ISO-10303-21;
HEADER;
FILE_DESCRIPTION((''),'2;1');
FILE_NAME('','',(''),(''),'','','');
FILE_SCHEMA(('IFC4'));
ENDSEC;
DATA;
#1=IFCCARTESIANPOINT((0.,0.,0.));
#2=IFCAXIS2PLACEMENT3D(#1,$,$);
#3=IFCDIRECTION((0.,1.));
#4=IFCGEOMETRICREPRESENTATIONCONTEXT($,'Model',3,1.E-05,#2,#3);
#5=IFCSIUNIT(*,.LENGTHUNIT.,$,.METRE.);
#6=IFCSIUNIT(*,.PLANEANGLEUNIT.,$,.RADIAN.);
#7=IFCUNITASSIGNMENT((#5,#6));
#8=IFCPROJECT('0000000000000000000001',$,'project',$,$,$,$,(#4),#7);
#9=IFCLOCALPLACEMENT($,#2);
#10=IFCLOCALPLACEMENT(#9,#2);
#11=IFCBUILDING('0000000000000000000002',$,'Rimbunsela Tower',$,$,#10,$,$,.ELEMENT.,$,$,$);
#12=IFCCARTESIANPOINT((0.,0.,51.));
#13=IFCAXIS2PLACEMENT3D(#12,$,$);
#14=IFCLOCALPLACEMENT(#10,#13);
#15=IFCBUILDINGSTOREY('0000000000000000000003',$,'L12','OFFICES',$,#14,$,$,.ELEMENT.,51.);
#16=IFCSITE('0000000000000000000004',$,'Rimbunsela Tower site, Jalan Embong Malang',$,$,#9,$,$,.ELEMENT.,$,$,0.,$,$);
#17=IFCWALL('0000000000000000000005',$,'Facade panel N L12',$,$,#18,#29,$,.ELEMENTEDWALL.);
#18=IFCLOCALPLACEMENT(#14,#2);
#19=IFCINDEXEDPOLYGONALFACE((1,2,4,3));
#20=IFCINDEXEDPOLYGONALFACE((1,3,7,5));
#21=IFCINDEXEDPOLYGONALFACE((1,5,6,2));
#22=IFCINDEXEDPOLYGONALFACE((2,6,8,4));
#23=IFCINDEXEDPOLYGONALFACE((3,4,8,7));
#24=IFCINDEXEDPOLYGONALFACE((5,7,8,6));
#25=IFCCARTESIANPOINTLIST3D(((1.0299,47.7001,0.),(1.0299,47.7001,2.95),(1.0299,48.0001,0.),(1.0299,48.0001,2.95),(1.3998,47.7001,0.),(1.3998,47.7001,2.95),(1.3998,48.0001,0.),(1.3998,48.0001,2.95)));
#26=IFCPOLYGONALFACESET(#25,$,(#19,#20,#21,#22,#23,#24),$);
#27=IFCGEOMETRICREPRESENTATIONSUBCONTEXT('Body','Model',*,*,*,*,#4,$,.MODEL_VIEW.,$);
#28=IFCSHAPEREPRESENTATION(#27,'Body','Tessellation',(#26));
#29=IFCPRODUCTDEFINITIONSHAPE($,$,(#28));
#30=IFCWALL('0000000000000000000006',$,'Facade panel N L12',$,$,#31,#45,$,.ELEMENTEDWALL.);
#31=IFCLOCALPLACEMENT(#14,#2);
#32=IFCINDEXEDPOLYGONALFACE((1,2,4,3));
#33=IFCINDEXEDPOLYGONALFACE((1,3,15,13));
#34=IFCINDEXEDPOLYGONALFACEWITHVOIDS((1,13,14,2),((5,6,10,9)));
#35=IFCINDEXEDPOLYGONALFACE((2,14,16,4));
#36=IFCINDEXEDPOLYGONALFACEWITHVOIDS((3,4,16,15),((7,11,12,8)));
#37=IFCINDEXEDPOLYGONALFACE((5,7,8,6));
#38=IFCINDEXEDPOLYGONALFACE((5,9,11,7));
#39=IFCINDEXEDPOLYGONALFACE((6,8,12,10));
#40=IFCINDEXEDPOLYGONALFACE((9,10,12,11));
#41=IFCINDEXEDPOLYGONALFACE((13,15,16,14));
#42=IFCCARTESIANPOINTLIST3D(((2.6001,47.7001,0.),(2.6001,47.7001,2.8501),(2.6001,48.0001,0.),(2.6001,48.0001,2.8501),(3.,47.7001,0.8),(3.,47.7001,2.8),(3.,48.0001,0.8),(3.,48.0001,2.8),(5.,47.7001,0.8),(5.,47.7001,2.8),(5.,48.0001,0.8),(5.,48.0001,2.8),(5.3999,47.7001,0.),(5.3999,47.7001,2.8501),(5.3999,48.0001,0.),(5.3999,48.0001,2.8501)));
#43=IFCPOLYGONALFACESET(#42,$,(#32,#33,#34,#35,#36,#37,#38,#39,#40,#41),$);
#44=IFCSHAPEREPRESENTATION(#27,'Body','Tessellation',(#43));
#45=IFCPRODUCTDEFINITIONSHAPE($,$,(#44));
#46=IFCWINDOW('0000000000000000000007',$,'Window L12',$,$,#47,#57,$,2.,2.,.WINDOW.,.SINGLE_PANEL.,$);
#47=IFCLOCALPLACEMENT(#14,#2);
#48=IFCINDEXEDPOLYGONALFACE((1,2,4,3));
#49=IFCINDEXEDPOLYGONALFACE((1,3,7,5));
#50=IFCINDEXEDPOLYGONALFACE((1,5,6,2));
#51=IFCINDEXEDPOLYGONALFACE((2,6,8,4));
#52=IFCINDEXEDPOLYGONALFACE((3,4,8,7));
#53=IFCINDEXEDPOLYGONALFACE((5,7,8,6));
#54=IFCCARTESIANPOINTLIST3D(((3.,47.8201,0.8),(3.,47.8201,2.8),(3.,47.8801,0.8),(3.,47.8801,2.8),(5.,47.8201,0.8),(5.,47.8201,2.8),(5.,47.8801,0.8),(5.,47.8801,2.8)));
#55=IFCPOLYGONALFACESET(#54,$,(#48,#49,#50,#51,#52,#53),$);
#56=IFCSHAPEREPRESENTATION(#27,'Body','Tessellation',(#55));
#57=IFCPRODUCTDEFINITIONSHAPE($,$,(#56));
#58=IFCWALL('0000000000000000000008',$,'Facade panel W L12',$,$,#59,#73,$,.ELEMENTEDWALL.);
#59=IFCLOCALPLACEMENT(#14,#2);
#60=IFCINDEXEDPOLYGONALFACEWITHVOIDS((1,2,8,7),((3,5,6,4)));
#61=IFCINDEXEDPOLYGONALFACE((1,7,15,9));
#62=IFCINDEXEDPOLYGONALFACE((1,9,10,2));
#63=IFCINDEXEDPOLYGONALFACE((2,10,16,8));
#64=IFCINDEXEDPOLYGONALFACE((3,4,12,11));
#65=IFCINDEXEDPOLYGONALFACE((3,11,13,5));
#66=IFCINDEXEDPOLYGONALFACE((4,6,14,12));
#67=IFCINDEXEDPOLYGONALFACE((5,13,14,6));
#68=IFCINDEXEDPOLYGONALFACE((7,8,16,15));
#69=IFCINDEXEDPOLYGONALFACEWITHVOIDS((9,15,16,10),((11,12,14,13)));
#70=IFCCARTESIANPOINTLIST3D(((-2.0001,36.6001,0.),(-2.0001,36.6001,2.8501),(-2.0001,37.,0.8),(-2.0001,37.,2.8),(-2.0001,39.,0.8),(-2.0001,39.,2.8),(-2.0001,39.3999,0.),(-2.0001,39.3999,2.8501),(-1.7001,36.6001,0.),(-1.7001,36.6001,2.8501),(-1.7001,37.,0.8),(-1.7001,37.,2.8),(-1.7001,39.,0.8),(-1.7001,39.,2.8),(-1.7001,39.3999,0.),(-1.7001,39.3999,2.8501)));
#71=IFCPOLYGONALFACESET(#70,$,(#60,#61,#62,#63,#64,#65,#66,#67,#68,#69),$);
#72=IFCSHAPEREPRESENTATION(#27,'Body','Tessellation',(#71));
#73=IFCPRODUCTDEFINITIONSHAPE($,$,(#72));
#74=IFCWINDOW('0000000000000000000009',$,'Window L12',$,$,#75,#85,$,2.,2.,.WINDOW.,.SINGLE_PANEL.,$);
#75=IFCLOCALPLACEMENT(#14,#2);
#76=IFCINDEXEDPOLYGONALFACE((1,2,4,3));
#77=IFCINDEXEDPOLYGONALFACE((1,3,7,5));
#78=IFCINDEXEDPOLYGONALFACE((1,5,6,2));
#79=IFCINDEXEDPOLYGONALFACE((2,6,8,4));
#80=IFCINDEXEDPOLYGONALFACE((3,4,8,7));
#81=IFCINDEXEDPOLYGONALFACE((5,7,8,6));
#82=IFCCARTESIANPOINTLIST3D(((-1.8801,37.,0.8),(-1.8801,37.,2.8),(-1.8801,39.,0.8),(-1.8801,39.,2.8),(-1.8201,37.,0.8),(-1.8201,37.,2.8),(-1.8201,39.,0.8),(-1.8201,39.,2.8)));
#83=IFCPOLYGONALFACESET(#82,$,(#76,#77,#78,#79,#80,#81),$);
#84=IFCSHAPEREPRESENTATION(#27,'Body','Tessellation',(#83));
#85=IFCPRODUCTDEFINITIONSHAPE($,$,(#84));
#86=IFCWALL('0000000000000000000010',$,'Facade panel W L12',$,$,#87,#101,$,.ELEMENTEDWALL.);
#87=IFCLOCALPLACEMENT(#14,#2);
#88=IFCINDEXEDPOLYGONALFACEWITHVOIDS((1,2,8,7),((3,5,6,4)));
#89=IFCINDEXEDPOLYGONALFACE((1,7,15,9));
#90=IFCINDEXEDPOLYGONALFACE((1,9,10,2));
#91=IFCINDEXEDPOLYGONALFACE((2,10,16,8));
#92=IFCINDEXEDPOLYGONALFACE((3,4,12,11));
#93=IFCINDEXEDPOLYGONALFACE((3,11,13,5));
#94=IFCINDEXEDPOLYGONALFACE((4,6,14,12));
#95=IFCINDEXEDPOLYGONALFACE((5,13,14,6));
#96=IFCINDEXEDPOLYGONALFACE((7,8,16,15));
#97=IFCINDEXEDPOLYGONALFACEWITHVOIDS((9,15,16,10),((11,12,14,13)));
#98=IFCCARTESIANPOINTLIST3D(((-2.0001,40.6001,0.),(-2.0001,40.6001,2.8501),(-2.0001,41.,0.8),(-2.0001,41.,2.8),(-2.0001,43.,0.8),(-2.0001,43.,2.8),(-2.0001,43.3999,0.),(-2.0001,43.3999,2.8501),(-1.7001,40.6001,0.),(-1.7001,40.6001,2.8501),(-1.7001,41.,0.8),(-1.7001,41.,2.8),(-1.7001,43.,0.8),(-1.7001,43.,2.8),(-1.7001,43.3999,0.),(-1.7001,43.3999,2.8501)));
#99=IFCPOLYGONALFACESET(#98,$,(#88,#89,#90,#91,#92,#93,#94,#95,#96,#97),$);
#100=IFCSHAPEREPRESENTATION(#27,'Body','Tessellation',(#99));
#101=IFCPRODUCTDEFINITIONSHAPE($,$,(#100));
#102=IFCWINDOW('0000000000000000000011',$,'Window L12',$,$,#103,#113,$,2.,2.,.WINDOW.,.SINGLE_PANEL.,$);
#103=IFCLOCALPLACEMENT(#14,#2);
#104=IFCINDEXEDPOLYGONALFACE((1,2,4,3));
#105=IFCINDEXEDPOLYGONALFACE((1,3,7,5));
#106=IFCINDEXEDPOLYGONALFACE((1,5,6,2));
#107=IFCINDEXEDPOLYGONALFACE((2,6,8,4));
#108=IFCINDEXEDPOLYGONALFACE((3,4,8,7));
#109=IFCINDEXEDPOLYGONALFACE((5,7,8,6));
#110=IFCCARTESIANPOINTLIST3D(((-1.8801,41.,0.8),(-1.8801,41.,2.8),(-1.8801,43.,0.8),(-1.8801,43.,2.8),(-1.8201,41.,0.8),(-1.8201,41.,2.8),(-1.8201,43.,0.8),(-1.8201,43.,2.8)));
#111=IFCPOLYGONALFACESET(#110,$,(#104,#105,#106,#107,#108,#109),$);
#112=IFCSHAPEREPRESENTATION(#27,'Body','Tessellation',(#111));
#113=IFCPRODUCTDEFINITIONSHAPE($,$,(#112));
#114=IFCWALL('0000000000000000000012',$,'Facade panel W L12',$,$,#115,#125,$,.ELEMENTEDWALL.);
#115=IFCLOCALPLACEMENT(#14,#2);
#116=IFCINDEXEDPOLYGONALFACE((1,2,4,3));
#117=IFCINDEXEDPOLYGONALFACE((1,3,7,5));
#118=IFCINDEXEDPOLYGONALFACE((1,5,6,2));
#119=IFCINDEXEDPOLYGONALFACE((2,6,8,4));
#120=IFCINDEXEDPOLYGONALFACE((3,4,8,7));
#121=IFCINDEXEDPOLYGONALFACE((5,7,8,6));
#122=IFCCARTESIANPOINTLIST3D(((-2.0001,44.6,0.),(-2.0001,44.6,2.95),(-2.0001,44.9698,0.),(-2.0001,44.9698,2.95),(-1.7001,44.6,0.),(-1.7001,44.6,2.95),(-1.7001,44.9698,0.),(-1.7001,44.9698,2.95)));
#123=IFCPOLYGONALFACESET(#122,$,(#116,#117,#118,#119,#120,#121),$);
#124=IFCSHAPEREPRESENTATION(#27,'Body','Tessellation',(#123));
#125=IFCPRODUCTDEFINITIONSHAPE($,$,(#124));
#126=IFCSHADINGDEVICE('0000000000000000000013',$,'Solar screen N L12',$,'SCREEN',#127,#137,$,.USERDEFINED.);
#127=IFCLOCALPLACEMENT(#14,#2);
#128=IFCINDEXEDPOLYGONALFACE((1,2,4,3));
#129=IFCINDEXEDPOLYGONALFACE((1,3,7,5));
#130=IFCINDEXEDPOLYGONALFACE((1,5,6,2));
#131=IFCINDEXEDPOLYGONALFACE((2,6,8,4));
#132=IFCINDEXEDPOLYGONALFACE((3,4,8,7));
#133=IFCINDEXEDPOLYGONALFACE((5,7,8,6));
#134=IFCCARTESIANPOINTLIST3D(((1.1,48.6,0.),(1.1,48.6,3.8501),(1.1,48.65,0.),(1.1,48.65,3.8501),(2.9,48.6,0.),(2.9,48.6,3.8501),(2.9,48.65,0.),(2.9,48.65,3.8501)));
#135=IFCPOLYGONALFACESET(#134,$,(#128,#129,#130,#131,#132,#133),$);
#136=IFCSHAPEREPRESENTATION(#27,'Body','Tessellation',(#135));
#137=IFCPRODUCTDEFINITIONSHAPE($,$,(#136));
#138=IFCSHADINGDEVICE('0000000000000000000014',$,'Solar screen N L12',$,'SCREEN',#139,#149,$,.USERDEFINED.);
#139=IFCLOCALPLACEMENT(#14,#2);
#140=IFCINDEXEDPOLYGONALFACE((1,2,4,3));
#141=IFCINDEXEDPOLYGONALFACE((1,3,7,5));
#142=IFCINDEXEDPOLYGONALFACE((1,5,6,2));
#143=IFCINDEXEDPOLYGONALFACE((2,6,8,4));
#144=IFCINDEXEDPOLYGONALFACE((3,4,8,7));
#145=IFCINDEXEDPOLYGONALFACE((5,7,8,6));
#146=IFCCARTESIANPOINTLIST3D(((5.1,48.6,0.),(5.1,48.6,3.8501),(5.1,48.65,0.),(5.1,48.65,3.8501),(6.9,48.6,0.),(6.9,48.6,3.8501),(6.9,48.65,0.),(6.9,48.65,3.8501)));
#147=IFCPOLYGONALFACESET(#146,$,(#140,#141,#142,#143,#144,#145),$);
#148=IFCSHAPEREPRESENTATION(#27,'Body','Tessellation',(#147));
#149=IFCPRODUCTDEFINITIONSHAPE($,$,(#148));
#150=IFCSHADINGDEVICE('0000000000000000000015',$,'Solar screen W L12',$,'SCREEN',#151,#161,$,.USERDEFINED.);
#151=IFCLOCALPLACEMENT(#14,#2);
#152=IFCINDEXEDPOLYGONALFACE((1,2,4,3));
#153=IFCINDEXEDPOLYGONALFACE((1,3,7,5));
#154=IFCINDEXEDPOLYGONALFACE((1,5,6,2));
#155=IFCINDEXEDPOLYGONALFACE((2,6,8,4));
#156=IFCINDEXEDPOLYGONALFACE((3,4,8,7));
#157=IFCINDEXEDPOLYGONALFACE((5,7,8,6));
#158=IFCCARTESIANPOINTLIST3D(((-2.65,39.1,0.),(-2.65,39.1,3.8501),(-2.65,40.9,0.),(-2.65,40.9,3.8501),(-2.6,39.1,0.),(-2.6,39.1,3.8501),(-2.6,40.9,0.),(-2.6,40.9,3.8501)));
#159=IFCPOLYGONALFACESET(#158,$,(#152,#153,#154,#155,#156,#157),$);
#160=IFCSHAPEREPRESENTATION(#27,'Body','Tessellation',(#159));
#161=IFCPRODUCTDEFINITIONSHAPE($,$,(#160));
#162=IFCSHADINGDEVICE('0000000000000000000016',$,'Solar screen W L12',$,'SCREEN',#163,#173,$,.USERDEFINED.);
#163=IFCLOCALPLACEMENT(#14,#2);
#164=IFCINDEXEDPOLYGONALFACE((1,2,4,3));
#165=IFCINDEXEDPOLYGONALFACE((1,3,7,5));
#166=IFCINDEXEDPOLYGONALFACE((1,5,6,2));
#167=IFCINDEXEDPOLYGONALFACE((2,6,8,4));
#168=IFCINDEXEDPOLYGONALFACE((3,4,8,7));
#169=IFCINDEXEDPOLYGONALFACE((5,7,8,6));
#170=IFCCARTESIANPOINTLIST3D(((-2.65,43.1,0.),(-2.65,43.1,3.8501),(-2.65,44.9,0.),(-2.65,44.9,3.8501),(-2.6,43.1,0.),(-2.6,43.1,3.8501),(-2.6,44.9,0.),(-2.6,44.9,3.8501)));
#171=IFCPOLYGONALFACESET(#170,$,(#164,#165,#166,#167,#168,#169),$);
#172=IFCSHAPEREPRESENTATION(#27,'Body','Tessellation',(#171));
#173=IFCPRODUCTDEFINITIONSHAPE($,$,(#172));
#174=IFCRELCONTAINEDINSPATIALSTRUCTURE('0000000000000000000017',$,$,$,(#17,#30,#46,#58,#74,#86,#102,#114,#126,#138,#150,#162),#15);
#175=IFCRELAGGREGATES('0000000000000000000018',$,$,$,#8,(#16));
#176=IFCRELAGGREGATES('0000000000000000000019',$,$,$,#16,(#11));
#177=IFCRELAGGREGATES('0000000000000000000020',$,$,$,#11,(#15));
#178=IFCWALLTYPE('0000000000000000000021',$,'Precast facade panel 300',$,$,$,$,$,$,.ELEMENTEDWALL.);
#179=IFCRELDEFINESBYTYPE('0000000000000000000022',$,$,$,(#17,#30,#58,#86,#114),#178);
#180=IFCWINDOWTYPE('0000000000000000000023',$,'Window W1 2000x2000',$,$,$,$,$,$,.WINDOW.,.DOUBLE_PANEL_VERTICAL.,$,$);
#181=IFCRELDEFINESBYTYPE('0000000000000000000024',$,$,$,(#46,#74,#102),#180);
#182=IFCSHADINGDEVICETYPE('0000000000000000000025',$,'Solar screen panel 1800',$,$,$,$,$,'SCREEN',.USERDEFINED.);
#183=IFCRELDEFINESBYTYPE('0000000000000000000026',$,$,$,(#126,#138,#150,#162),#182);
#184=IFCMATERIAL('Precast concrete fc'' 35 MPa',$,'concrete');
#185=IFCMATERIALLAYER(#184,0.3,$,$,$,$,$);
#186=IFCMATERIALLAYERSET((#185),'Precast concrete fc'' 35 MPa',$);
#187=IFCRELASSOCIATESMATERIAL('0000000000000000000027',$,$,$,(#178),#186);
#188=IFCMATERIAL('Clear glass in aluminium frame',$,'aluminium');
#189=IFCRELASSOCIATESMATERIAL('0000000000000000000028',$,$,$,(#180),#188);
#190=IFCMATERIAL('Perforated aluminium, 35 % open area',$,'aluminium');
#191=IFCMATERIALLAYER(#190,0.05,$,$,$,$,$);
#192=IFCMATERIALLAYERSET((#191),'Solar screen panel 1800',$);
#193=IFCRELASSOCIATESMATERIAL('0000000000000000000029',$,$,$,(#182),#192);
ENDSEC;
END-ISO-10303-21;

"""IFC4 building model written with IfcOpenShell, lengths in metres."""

from ifc_helpers import new_model, si_unit, direction, frame, frame_2d, origin, origin_2d, place, context, subcontext, project, spatial, rectangle, extrude, material, layer, layer_set, type_object, element, fill, save


model = new_model("IFC4")

# Units and contexts
model_context = context("Model", 3, precision=1e-05, world=origin(), true_north=direction((0.0, 1.0)))
body_context = subcontext(model_context, "Body", "Model", "MODEL_VIEW")
ifc_project = project(units=[si_unit("LENGTHUNIT", "METRE"), si_unit("PLANEANGLEUNIT", "RADIAN")], contexts=[model_context])

# Site, building, storey
site_placement = place(None, origin())
site = spatial("IfcSite", under=ifc_project, at=site_placement, Name="Rimbunsela Tower site, Jalan Embong Malang", CompositionType="ELEMENT", RefElevation=0.0)
building_placement = place(site_placement, origin())
building = spatial("IfcBuilding", under=site, at=building_placement, Name="Rimbunsela Tower", CompositionType="ELEMENT")
storey_placement = place(building_placement, frame((0.0, 0.0, 51.0)))
storey = spatial("IfcBuildingStorey", under=building, at=storey_placement, Name="L12", Description="OFFICES", CompositionType="ELEMENT", Elevation=51.0)

# Wall
ifc_material_1 = material(Name="Precast concrete fc' 35 MPa", Category="concrete")
ifc_layer_1 = layer(ifc_material_1, 0.3)
ifc_layer_set_1 = layer_set([ifc_layer_1], Name="Precast concrete fc' 35 MPa")
wall_type = type_object("IfcWallType", Name="Precast facade panel 300", PredefinedType="ELEMENTEDWALL", material=ifc_layer_set_1)
wall_1_placement = place(storey_placement, frame((1.3999, 47.8501, 0.0), z_axis=(0.0, 0.0, 1.0), x_axis=(-1.0, 0.0, 0.0)))
element("IfcWall", 1, at=wall_1_placement, inside=storey, type_object=wall_type, Name="Facade panel N L12", PredefinedType="ELEMENTEDWALL", context=body_context, shape_type="SweptSolid", body=[
    extrude(rectangle(XDim=0.3699, YDim=0.3, at=frame_2d((0.1851, 0.0))), origin(), (0.0, 0.0, 1.0), 2.95),
])

# Walls, openings, windows
wall_2_placement = place(storey_placement, frame((5.3999, 47.8501, 0.0), z_axis=(0.0, 0.0, 1.0), x_axis=(-1.0, 0.0, 0.0)))
wall_2 = element("IfcWall", 2, at=wall_2_placement, inside=storey, type_object=wall_type, Name="Facade panel N L12", PredefinedType="ELEMENTEDWALL", context=body_context, shape_type="SweptSolid", body=[
    extrude(rectangle(XDim=2.7998, YDim=0.3, at=frame_2d((1.3999, 0.0))), origin(), (0.0, 0.0, 1.0), 2.8501),
])
opening_1_placement = place(wall_2_placement, frame((0.3999, 0.0, 0.8)))
opening_1 = element("IfcOpeningElement", 3, at=opening_1_placement, cuts=wall_2, PredefinedType="OPENING", context=body_context, shape_type="SweptSolid", body=[
    extrude(rectangle(XDim=2.0, YDim=2.0, at=frame_2d((1.0, 1.0))), frame((0.0, 0.1599, 0.0), z_axis=(0.0, -1.0, 0.0), x_axis=(1.0, 0.0, 0.0)), (0.0, 0.0, 1.0), 0.3201),
])
ifc_material_2 = material(Name="Clear glass in aluminium frame", Category="aluminium")
window_type = type_object("IfcWindowType", Name="Window W1 2000x2000", PartitioningType="DOUBLE_PANEL_VERTICAL", PredefinedType="WINDOW", material=ifc_material_2)
window_1_placement = place(opening_1_placement, origin())
window_1 = element("IfcWindow", 4, at=window_1_placement, inside=storey, type_object=window_type, Name="Window L12", OverallHeight=2.0, OverallWidth=2.0, PartitioningType="SINGLE_PANEL", PredefinedType="WINDOW", context=body_context, shape_type="SweptSolid", body=[
    extrude(rectangle(XDim=2.0, YDim=2.0, at=frame_2d((1.0, 1.0))), frame((0.0, 0.03, 0.0), z_axis=(0.0, -1.0, 0.0), x_axis=(1.0, 0.0, 0.0)), (0.0, 0.0, 1.0), 0.0601),
])
fill(opening_1, window_1)
wall_3_placement = place(storey_placement, frame((-1.8501, 39.3999, 0.0), z_axis=(0.0, 0.0, 1.0), x_axis=(0.0, -1.0, 0.0)))
wall_3 = element("IfcWall", 5, at=wall_3_placement, inside=storey, type_object=wall_type, Name="Facade panel W L12", PredefinedType="ELEMENTEDWALL", context=body_context, shape_type="SweptSolid", body=[
    extrude(rectangle(XDim=2.7998, YDim=0.3, at=frame_2d((1.3999, 0.0))), origin(), (0.0, 0.0, 1.0), 2.8501),
])
opening_2_placement = place(wall_3_placement, frame((0.3999, 0.0, 0.8)))
opening_2 = element("IfcOpeningElement", 6, at=opening_2_placement, cuts=wall_3, PredefinedType="OPENING", context=body_context, shape_type="SweptSolid", body=[
    extrude(rectangle(XDim=2.0, YDim=2.0, at=frame_2d((1.0, 1.0))), frame((0.0, 0.1599, 0.0), z_axis=(0.0, -1.0, 0.0), x_axis=(1.0, 0.0, 0.0)), (0.0, 0.0, 1.0), 0.3201),
])
window_2_placement = place(opening_2_placement, origin())
window_2 = element("IfcWindow", 7, at=window_2_placement, inside=storey, type_object=window_type, Name="Window L12", OverallHeight=2.0, OverallWidth=2.0, PartitioningType="SINGLE_PANEL", PredefinedType="WINDOW", context=body_context, shape_type="SweptSolid", body=[
    extrude(rectangle(XDim=2.0, YDim=2.0, at=frame_2d((1.0, 1.0))), frame((0.0, 0.03, 0.0), z_axis=(0.0, -1.0, 0.0), x_axis=(1.0, 0.0, 0.0)), (0.0, 0.0, 1.0), 0.0601),
])
fill(opening_2, window_2)
wall_4_placement = place(storey_placement, frame((-1.8501, 43.3999, 0.0), z_axis=(0.0, 0.0, 1.0), x_axis=(0.0, -1.0, 0.0)))
wall_4 = element("IfcWall", 8, at=wall_4_placement, inside=storey, type_object=wall_type, Name="Facade panel W L12", PredefinedType="ELEMENTEDWALL", context=body_context, shape_type="SweptSolid", body=[
    extrude(rectangle(XDim=2.7998, YDim=0.3, at=frame_2d((1.3999, 0.0))), origin(), (0.0, 0.0, 1.0), 2.8501),
])
opening_3_placement = place(wall_4_placement, frame((0.3999, 0.0, 0.8)))
opening_3 = element("IfcOpeningElement", 9, at=opening_3_placement, cuts=wall_4, PredefinedType="OPENING", context=body_context, shape_type="SweptSolid", body=[
    extrude(rectangle(XDim=2.0, YDim=2.0, at=frame_2d((1.0, 1.0))), frame((0.0, 0.1599, 0.0), z_axis=(0.0, -1.0, 0.0), x_axis=(1.0, 0.0, 0.0)), (0.0, 0.0, 1.0), 0.3201),
])
window_3_placement = place(opening_3_placement, origin())
window_3 = element("IfcWindow", 10, at=window_3_placement, inside=storey, type_object=window_type, Name="Window L12", OverallHeight=2.0, OverallWidth=2.0, PartitioningType="SINGLE_PANEL", PredefinedType="WINDOW", context=body_context, shape_type="SweptSolid", body=[
    extrude(rectangle(XDim=2.0, YDim=2.0, at=frame_2d((1.0, 1.0))), frame((0.0, 0.03, 0.0), z_axis=(0.0, -1.0, 0.0), x_axis=(1.0, 0.0, 0.0)), (0.0, 0.0, 1.0), 0.0601),
])
fill(opening_3, window_3)

# Wall
wall_5_placement = place(storey_placement, frame((-1.8501, 44.97, 0.0), z_axis=(0.0, 0.0, 1.0), x_axis=(0.0, -1.0, 0.0)))
element("IfcWall", 11, at=wall_5_placement, inside=storey, type_object=wall_type, Name="Facade panel W L12", PredefinedType="ELEMENTEDWALL", context=body_context, shape_type="SweptSolid", body=[
    extrude(rectangle(XDim=0.3699, YDim=0.3, at=frame_2d((0.1851, 0.0))), origin(), (0.0, 0.0, 1.0), 2.95),
])

# Shading devices
ifc_material_3 = material(Name="Perforated aluminium, 35 % open area", Category="aluminium")
ifc_layer_2 = layer(ifc_material_3, 0.05)
ifc_layer_set_2 = layer_set([ifc_layer_2], Name="Solar screen panel 1800")
shading_device_type = type_object("IfcShadingDeviceType", Name="Solar screen panel 1800", ElementType="SCREEN", PredefinedType="USERDEFINED", material=ifc_layer_set_2)
for number, where, z_axis, x_axis, name in (
    (12, (2.0, 48.625, 0.0), (0.0, 0.0, 1.0), (1.0, 0.0, 0.0), "Solar screen N L12"),
    (13, (6.0, 48.625, 0.0), (0.0, 0.0, 1.0), (1.0, 0.0, 0.0), "Solar screen N L12"),
    (14, (-2.625, 40.0, 0.0), (0.0, 0.0, 1.0), (0.0, 1.0, 0.0), "Solar screen W L12"),
    (15, (-2.625, 44.0, 0.0), (0.0, 0.0, 1.0), (0.0, 1.0, 0.0), "Solar screen W L12"),
):
    element("IfcShadingDevice", number, at=place(storey_placement, frame(where, z_axis=z_axis, x_axis=x_axis)), inside=storey, type_object=shading_device_type, Name=name, ObjectType="SCREEN", PredefinedType="USERDEFINED", context=body_context, shape_type="SweptSolid", body=[
        extrude(rectangle(XDim=1.8, YDim=0.05, at=origin_2d()), origin(), (0.0, 0.0, 1.0), 3.8501),
    ])

save(model, "model.ifc")
